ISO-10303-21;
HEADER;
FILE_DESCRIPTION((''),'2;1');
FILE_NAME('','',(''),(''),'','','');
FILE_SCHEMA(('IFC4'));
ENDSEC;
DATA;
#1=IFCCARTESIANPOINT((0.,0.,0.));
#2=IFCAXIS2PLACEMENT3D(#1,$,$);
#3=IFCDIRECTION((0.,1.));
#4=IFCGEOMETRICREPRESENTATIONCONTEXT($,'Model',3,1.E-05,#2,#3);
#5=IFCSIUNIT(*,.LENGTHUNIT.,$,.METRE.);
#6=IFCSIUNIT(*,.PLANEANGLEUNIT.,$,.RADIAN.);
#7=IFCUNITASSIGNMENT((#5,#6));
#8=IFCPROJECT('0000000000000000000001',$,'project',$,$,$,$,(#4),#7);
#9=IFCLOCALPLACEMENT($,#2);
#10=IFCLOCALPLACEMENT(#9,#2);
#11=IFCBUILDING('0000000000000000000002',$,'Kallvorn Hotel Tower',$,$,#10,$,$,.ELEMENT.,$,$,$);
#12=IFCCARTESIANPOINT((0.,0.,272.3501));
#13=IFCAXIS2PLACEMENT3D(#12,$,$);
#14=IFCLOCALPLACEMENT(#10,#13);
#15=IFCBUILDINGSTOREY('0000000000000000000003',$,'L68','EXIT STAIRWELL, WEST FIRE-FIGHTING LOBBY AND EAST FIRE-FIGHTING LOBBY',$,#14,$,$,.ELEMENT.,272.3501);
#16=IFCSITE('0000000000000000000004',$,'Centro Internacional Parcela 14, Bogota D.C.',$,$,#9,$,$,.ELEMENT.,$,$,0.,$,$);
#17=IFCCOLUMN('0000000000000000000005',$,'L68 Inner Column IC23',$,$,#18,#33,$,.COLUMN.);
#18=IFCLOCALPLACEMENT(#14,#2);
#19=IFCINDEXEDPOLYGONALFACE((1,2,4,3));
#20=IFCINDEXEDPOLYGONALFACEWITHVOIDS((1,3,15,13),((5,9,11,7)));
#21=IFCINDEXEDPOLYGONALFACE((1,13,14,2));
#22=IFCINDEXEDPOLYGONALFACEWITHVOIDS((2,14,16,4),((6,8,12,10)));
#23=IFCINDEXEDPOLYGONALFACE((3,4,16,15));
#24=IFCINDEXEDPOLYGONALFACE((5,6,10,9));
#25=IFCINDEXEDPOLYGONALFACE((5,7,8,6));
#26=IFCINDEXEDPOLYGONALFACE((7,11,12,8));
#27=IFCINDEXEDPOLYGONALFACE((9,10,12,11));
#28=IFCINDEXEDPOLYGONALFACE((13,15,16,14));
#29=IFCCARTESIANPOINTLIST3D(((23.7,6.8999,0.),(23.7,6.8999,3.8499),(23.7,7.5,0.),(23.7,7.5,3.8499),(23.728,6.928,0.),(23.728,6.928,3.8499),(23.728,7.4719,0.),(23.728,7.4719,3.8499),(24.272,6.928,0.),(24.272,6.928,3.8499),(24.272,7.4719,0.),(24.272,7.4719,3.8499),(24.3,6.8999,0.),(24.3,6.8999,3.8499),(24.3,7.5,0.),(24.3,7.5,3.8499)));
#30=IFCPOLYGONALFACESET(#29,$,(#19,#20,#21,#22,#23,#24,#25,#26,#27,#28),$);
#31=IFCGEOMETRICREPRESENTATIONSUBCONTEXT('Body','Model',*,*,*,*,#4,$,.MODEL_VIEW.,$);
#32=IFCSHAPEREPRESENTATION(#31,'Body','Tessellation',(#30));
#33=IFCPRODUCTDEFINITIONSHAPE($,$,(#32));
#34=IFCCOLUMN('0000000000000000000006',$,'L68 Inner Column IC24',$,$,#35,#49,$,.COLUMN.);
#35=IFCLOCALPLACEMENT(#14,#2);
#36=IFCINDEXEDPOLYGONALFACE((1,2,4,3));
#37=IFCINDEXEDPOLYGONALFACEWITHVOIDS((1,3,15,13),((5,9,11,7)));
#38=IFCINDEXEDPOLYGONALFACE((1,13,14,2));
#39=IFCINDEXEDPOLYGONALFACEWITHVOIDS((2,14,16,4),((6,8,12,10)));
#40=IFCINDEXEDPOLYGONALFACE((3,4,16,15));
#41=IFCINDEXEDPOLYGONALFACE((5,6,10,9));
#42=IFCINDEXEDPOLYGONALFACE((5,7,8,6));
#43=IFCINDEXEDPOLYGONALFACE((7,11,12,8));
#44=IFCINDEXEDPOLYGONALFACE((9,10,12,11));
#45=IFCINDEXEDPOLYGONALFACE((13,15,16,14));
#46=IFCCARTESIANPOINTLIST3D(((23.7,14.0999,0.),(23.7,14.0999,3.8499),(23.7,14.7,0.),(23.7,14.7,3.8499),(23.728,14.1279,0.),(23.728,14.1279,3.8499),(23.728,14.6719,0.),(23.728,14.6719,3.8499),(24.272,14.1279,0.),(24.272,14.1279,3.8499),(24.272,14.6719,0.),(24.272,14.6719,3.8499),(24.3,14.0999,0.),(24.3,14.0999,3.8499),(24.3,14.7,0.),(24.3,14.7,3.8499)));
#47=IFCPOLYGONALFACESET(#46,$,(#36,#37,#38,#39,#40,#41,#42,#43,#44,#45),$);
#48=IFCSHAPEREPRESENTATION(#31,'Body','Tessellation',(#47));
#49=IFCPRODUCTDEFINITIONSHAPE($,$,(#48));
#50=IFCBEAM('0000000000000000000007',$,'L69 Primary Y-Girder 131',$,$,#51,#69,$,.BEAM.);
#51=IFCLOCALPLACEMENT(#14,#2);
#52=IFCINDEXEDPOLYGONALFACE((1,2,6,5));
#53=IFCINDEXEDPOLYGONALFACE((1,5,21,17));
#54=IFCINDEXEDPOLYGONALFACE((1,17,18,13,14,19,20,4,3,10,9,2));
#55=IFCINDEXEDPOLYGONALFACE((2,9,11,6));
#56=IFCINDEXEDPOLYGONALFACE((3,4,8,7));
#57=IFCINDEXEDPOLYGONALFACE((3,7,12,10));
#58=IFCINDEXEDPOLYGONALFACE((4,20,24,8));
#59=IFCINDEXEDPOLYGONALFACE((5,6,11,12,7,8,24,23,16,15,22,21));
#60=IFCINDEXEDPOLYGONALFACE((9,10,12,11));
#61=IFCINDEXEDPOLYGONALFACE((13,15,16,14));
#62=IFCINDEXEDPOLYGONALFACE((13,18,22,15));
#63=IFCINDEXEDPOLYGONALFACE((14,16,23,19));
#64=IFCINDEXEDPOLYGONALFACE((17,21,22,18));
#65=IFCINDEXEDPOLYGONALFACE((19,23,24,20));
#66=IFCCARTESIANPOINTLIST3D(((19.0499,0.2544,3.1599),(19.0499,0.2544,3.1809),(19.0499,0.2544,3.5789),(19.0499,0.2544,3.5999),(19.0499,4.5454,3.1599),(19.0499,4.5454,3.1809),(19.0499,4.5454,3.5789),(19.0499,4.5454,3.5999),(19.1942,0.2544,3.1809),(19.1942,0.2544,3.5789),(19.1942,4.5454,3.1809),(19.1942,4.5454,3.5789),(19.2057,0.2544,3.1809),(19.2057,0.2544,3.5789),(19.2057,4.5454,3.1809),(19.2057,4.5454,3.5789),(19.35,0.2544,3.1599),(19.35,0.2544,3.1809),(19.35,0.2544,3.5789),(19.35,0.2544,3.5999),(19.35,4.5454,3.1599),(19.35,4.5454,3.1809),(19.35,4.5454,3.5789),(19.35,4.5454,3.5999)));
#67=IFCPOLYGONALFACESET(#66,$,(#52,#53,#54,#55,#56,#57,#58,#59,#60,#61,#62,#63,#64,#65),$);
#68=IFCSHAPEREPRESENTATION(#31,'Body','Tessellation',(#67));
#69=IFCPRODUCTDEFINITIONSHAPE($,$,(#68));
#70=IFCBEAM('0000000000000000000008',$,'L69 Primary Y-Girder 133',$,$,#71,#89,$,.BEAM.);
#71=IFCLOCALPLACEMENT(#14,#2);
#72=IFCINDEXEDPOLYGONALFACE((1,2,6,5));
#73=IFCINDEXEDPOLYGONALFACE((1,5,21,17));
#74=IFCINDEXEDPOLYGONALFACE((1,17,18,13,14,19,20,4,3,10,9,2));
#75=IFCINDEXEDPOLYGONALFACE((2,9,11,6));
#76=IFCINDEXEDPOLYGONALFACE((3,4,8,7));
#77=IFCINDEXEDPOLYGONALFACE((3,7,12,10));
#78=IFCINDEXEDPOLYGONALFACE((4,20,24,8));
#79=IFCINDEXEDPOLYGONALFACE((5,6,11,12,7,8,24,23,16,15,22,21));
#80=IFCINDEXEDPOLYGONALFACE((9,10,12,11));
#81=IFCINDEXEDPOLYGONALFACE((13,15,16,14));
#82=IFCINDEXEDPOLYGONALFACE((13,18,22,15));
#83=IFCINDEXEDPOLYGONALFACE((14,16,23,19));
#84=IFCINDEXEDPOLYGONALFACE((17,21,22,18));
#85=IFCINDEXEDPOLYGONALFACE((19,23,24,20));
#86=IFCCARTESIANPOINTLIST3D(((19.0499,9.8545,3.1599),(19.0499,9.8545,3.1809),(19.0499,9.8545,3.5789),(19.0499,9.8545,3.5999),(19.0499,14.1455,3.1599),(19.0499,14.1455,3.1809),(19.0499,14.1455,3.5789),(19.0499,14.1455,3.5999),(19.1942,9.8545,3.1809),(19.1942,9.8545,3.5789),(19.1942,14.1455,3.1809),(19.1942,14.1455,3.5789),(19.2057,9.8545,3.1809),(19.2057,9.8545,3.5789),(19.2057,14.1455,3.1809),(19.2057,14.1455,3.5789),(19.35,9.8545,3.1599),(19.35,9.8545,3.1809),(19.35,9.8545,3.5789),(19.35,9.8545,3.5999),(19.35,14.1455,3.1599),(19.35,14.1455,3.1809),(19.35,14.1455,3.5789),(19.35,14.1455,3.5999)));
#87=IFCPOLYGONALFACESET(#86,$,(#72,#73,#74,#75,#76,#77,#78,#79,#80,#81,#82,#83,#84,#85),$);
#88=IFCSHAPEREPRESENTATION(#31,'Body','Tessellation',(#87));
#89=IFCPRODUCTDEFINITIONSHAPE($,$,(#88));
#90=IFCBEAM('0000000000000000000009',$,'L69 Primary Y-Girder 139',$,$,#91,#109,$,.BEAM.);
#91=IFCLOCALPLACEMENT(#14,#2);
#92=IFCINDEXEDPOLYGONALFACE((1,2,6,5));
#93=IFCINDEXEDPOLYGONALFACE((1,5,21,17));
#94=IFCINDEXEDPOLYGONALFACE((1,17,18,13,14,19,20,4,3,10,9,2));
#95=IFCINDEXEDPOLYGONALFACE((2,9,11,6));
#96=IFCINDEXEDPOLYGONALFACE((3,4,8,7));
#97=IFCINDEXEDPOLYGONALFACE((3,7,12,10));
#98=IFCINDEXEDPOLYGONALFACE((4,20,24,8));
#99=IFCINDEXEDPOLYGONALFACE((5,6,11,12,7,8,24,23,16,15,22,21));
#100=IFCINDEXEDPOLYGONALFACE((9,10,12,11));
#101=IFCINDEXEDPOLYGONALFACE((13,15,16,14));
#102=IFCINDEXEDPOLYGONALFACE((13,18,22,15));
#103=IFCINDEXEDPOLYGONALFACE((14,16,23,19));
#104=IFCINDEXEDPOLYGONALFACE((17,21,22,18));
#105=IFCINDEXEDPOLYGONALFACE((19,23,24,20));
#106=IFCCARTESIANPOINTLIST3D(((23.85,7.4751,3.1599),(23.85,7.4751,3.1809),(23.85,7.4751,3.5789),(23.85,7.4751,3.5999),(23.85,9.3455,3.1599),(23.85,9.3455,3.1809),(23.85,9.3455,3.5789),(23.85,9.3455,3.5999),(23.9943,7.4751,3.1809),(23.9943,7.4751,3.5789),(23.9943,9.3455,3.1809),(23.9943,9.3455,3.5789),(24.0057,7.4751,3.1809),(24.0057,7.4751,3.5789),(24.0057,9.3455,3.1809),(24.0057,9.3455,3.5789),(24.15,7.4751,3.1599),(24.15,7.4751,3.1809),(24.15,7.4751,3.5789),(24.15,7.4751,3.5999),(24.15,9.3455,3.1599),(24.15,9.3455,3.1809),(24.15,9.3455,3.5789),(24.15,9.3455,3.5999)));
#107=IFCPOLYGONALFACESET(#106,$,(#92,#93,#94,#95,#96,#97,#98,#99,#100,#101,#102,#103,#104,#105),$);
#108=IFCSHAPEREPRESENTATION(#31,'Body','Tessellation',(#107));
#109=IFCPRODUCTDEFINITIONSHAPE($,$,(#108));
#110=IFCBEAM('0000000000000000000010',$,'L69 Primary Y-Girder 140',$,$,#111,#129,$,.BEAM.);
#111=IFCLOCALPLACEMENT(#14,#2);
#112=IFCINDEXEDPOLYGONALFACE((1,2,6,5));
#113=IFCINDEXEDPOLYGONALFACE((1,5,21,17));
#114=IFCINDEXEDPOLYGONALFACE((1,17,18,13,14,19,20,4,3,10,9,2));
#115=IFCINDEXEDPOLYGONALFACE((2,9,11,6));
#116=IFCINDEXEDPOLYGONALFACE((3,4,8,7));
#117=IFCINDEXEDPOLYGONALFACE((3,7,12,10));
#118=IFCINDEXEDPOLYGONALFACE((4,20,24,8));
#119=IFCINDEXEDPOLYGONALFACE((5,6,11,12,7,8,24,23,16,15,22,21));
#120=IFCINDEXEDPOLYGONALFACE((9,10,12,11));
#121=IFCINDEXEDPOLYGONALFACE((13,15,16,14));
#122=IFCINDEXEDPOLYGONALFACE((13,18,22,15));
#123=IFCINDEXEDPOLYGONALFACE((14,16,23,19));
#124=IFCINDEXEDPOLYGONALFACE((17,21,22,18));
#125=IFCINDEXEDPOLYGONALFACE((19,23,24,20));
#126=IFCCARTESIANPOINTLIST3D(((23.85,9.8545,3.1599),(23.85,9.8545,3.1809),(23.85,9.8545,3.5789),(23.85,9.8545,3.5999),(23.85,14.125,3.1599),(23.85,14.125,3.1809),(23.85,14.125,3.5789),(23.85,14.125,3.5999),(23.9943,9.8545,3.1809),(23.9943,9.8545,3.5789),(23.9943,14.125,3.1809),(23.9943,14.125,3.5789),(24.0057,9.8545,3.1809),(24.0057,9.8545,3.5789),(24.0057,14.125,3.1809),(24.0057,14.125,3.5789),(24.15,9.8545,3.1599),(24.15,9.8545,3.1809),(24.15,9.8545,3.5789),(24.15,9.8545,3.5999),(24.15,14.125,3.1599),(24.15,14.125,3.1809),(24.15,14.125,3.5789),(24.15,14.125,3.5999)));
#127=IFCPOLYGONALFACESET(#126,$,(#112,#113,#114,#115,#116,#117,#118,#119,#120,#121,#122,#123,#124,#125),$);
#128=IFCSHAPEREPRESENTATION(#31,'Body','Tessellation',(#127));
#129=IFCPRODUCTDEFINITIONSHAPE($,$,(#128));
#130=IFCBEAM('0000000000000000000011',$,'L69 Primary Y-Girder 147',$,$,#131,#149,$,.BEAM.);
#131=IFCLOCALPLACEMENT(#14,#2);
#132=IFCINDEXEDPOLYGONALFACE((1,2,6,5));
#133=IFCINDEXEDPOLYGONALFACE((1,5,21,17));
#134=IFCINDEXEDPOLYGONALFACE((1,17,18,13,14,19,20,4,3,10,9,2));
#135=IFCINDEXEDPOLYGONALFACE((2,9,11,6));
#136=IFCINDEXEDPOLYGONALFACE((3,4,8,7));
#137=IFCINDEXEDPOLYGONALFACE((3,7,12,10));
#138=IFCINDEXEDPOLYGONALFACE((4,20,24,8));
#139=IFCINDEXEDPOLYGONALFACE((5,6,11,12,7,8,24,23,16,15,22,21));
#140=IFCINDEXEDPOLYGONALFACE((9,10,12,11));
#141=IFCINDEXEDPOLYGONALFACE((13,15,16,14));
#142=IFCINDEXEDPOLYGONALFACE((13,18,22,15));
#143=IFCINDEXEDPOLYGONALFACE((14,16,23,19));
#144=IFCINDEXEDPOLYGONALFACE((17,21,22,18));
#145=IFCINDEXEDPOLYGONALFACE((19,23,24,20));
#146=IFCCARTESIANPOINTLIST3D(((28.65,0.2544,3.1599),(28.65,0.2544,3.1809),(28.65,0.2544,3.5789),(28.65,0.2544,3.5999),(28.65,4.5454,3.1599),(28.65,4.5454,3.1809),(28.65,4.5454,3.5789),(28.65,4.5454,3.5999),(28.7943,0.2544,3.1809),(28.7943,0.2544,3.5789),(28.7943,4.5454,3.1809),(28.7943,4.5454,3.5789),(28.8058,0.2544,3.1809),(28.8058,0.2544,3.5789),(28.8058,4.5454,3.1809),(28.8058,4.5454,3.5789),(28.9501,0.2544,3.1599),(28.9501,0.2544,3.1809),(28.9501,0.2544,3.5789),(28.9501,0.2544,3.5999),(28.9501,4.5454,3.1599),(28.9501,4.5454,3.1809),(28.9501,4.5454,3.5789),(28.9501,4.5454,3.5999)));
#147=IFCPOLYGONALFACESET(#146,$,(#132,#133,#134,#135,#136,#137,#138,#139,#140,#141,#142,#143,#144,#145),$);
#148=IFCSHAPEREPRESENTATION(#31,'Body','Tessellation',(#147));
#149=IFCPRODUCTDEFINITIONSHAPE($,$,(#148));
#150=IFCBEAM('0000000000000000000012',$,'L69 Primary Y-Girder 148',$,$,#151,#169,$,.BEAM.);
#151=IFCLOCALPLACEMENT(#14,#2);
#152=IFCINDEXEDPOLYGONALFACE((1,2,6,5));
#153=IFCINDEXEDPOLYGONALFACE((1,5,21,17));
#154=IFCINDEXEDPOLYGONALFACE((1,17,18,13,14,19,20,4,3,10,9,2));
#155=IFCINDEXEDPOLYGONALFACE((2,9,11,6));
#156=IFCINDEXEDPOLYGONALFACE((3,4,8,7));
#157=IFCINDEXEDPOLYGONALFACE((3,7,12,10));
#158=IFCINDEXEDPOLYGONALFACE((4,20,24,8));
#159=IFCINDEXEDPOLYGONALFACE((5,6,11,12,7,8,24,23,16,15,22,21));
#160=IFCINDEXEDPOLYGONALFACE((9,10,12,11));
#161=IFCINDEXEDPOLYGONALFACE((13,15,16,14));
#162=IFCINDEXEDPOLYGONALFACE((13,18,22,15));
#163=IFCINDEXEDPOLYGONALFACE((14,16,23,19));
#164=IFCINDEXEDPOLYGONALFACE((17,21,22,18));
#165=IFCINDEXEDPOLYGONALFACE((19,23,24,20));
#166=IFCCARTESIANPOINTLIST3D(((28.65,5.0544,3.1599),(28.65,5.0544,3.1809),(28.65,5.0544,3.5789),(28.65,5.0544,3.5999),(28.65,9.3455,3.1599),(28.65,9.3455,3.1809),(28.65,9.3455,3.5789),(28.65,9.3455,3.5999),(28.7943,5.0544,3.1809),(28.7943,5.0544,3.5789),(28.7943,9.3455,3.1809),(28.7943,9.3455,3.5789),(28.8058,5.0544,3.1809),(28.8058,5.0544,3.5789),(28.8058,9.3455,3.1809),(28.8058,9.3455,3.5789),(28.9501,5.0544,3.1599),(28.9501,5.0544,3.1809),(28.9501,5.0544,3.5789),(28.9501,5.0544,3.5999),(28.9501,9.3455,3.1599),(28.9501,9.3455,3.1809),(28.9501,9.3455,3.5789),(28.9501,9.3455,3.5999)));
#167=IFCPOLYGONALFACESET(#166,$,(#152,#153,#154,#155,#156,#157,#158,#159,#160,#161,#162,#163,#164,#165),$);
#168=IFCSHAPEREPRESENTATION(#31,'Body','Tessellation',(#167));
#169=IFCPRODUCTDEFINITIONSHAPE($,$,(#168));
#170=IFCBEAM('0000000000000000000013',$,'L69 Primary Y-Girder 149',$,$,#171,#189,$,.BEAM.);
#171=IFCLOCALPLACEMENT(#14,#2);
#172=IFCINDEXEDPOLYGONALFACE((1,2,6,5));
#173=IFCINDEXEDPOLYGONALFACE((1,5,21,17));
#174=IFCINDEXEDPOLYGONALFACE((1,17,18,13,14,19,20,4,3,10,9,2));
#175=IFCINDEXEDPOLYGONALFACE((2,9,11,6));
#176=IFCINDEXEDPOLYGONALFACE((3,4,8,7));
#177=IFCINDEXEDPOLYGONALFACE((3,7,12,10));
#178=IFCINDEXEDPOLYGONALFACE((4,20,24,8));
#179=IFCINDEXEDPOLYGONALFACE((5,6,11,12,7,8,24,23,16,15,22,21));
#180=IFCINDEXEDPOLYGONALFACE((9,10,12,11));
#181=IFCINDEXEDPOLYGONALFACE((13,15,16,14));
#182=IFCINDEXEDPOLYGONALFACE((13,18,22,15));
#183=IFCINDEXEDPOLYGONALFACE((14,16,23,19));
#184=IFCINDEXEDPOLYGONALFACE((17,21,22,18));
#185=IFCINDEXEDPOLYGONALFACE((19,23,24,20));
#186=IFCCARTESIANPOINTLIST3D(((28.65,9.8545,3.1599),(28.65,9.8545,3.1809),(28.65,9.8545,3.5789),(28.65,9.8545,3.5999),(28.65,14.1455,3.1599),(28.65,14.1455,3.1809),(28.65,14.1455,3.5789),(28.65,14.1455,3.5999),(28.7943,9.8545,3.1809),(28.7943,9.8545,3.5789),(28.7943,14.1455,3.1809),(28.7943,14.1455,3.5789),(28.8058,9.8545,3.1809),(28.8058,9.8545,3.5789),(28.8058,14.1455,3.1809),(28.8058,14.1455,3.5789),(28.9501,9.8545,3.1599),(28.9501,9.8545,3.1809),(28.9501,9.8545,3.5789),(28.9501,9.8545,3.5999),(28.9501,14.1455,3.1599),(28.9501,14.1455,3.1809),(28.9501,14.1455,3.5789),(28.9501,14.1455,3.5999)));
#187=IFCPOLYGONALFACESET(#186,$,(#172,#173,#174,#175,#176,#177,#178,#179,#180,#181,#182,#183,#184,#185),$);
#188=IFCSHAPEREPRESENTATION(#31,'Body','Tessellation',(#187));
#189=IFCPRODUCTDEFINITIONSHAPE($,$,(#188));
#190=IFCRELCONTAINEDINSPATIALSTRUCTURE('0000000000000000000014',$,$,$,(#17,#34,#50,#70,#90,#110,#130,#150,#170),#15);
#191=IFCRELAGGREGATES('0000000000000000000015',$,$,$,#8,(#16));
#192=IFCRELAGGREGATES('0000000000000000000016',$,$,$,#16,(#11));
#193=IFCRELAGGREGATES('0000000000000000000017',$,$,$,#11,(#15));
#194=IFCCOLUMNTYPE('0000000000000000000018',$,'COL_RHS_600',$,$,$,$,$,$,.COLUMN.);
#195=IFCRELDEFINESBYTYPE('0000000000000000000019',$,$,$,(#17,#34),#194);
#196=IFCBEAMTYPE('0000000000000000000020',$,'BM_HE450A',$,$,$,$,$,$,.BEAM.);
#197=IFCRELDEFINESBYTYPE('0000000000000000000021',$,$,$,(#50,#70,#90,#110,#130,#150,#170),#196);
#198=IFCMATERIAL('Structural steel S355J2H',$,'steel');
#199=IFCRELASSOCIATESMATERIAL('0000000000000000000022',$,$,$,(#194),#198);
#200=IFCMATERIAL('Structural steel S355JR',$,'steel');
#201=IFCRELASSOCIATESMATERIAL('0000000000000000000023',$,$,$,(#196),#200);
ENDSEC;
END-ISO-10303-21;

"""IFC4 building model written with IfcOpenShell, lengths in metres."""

from ifc_helpers import new_model, si_unit, direction, frame, origin, origin_2d, place, context, subcontext, project, spatial, hollow_rectangle, i_section, extrude, material, material_profile, profile_set, type_object, element, save


model = new_model("IFC4")

# Units and contexts
model_context = context("Model", 3, precision=1e-05, world=origin(), true_north=direction((0.0, 1.0)))
body_context = subcontext(model_context, "Body", "Model", "MODEL_VIEW")
ifc_project = project(units=[si_unit("LENGTHUNIT", "METRE"), si_unit("PLANEANGLEUNIT", "RADIAN")], contexts=[model_context])

# Site, building, storey
site_placement = place(None, origin())
site = spatial("IfcSite", under=ifc_project, at=site_placement, Name="Centro Internacional Parcela 14, Bogota D.C.", CompositionType="ELEMENT", RefElevation=0.0)
building_placement = place(site_placement, origin())
building = spatial("IfcBuilding", under=site, at=building_placement, Name="Kallvorn Hotel Tower", CompositionType="ELEMENT")
storey_placement = place(building_placement, frame((0.0, 0.0, 272.3501)))
storey = spatial("IfcBuildingStorey", under=building, at=storey_placement, Name="L68", Description="EXIT STAIRWELL, WEST FIRE-FIGHTING LOBBY AND EAST FIRE-FIGHTING LOBBY", CompositionType="ELEMENT", Elevation=272.3501)

# Columns
ifc_material_1 = material(Name="Structural steel S355J2H", Category="steel")
ifc_material_profile_1 = material_profile(ifc_material_1, hollow_rectangle(XDim=0.6001, YDim=0.6001, WallThickness=0.0281, at=origin_2d()), Name="RHS 600x600x28")
ifc_profile_set_1 = profile_set([ifc_material_profile_1], Name="Structural steel S355J2H")
column_type_1 = type_object("IfcColumnType", Name="COL_RHS_600", PredefinedType="COLUMN", material=ifc_profile_set_1)
for number, where, z_axis, x_axis, name in (
    (1, (24.0, 7.2, 0.0), (0.0, 0.0, 1.0), (1.0, 0.0, 0.0), "L68 Inner Column IC23"),
    (2, (24.0, 14.3999, 0.0), (0.0, 0.0, 1.0), (1.0, 0.0, 0.0), "L68 Inner Column IC24"),
):
    element("IfcColumn", number, at=place(storey_placement, frame(where, z_axis=z_axis, x_axis=x_axis)), inside=storey, type_object=column_type_1, Name=name, PredefinedType="COLUMN", context=body_context, shape_type="SweptSolid", body=[
        extrude(hollow_rectangle(XDim=0.6001, YDim=0.6001, WallThickness=0.0281, at=origin_2d()), origin(), (0.0, 0.0, 1.0), 3.8499),
    ])

# Beams
ifc_material_2 = material(Name="Structural steel S355JR", Category="steel")
ifc_material_profile_2 = material_profile(ifc_material_2, i_section(OverallWidth=0.3, OverallDepth=0.4399, WebThickness=0.0115, FlangeThickness=0.021, at=origin_2d()), Name="HE 450 A")
ifc_profile_set_2 = profile_set([ifc_material_profile_2], Name="Structural steel S355JR")
beam_type_1 = type_object("IfcBeamType", Name="BM_HE450A", PredefinedType="BEAM", material=ifc_profile_set_2)
for number, where, z_axis, x_axis, name in (
    (3, (19.2, 0.2544, 3.3799), (0.0, 1.0, 0.0), (-1.0, 0.0, 0.0), "L69 Primary Y-Girder 131"),
    (4, (19.2, 9.8545, 3.3799), (0.0, 1.0, 0.0), (-1.0, 0.0, 0.0), "L69 Primary Y-Girder 133"),
):
    element("IfcBeam", number, at=place(storey_placement, frame(where, z_axis=z_axis, x_axis=x_axis)), inside=storey, type_object=beam_type_1, Name=name, PredefinedType="BEAM", context=body_context, shape_type="SweptSolid", body=[
        extrude(i_section(OverallWidth=0.3, OverallDepth=0.4399, WebThickness=0.0115, FlangeThickness=0.021, at=origin_2d()), origin(), (0.0, 0.0, 1.0), 4.291),
    ])
beam_1_placement = place(storey_placement, frame((24.0, 7.4751, 3.3799), z_axis=(0.0, 1.0, 0.0), x_axis=(-1.0, 0.0, 0.0)))
element("IfcBeam", 5, at=beam_1_placement, inside=storey, type_object=beam_type_1, Name="L69 Primary Y-Girder 139", PredefinedType="BEAM", context=body_context, shape_type="SweptSolid", body=[
    extrude(i_section(OverallWidth=0.3, OverallDepth=0.4399, WebThickness=0.0115, FlangeThickness=0.021, at=origin_2d()), origin(), (0.0, 0.0, 1.0), 1.8704),
])
beam_2_placement = place(storey_placement, frame((24.0, 9.8545, 3.3799), z_axis=(0.0, 1.0, 0.0), x_axis=(-1.0, 0.0, 0.0)))
element("IfcBeam", 6, at=beam_2_placement, inside=storey, type_object=beam_type_1, Name="L69 Primary Y-Girder 140", PredefinedType="BEAM", context=body_context, shape_type="SweptSolid", body=[
    extrude(i_section(OverallWidth=0.3, OverallDepth=0.4399, WebThickness=0.0115, FlangeThickness=0.021, at=origin_2d()), origin(), (0.0, 0.0, 1.0), 4.2705),
])
for number, where, z_axis, x_axis, name in (
    (7, (28.8, 0.2544, 3.3799), (0.0, 1.0, 0.0), (-1.0, 0.0, 0.0), "L69 Primary Y-Girder 147"),
    (8, (28.8, 5.0544, 3.3799), (0.0, 1.0, 0.0), (-1.0, 0.0, 0.0), "L69 Primary Y-Girder 148"),
    (9, (28.8, 9.8545, 3.3799), (0.0, 1.0, 0.0), (-1.0, 0.0, 0.0), "L69 Primary Y-Girder 149"),
):
    element("IfcBeam", number, at=place(storey_placement, frame(where, z_axis=z_axis, x_axis=x_axis)), inside=storey, type_object=beam_type_1, Name=name, PredefinedType="BEAM", context=body_context, shape_type="SweptSolid", body=[
        extrude(i_section(OverallWidth=0.3, OverallDepth=0.4399, WebThickness=0.0115, FlangeThickness=0.021, at=origin_2d()), origin(), (0.0, 0.0, 1.0), 4.291),
    ])

save(model, "model.ifc")
